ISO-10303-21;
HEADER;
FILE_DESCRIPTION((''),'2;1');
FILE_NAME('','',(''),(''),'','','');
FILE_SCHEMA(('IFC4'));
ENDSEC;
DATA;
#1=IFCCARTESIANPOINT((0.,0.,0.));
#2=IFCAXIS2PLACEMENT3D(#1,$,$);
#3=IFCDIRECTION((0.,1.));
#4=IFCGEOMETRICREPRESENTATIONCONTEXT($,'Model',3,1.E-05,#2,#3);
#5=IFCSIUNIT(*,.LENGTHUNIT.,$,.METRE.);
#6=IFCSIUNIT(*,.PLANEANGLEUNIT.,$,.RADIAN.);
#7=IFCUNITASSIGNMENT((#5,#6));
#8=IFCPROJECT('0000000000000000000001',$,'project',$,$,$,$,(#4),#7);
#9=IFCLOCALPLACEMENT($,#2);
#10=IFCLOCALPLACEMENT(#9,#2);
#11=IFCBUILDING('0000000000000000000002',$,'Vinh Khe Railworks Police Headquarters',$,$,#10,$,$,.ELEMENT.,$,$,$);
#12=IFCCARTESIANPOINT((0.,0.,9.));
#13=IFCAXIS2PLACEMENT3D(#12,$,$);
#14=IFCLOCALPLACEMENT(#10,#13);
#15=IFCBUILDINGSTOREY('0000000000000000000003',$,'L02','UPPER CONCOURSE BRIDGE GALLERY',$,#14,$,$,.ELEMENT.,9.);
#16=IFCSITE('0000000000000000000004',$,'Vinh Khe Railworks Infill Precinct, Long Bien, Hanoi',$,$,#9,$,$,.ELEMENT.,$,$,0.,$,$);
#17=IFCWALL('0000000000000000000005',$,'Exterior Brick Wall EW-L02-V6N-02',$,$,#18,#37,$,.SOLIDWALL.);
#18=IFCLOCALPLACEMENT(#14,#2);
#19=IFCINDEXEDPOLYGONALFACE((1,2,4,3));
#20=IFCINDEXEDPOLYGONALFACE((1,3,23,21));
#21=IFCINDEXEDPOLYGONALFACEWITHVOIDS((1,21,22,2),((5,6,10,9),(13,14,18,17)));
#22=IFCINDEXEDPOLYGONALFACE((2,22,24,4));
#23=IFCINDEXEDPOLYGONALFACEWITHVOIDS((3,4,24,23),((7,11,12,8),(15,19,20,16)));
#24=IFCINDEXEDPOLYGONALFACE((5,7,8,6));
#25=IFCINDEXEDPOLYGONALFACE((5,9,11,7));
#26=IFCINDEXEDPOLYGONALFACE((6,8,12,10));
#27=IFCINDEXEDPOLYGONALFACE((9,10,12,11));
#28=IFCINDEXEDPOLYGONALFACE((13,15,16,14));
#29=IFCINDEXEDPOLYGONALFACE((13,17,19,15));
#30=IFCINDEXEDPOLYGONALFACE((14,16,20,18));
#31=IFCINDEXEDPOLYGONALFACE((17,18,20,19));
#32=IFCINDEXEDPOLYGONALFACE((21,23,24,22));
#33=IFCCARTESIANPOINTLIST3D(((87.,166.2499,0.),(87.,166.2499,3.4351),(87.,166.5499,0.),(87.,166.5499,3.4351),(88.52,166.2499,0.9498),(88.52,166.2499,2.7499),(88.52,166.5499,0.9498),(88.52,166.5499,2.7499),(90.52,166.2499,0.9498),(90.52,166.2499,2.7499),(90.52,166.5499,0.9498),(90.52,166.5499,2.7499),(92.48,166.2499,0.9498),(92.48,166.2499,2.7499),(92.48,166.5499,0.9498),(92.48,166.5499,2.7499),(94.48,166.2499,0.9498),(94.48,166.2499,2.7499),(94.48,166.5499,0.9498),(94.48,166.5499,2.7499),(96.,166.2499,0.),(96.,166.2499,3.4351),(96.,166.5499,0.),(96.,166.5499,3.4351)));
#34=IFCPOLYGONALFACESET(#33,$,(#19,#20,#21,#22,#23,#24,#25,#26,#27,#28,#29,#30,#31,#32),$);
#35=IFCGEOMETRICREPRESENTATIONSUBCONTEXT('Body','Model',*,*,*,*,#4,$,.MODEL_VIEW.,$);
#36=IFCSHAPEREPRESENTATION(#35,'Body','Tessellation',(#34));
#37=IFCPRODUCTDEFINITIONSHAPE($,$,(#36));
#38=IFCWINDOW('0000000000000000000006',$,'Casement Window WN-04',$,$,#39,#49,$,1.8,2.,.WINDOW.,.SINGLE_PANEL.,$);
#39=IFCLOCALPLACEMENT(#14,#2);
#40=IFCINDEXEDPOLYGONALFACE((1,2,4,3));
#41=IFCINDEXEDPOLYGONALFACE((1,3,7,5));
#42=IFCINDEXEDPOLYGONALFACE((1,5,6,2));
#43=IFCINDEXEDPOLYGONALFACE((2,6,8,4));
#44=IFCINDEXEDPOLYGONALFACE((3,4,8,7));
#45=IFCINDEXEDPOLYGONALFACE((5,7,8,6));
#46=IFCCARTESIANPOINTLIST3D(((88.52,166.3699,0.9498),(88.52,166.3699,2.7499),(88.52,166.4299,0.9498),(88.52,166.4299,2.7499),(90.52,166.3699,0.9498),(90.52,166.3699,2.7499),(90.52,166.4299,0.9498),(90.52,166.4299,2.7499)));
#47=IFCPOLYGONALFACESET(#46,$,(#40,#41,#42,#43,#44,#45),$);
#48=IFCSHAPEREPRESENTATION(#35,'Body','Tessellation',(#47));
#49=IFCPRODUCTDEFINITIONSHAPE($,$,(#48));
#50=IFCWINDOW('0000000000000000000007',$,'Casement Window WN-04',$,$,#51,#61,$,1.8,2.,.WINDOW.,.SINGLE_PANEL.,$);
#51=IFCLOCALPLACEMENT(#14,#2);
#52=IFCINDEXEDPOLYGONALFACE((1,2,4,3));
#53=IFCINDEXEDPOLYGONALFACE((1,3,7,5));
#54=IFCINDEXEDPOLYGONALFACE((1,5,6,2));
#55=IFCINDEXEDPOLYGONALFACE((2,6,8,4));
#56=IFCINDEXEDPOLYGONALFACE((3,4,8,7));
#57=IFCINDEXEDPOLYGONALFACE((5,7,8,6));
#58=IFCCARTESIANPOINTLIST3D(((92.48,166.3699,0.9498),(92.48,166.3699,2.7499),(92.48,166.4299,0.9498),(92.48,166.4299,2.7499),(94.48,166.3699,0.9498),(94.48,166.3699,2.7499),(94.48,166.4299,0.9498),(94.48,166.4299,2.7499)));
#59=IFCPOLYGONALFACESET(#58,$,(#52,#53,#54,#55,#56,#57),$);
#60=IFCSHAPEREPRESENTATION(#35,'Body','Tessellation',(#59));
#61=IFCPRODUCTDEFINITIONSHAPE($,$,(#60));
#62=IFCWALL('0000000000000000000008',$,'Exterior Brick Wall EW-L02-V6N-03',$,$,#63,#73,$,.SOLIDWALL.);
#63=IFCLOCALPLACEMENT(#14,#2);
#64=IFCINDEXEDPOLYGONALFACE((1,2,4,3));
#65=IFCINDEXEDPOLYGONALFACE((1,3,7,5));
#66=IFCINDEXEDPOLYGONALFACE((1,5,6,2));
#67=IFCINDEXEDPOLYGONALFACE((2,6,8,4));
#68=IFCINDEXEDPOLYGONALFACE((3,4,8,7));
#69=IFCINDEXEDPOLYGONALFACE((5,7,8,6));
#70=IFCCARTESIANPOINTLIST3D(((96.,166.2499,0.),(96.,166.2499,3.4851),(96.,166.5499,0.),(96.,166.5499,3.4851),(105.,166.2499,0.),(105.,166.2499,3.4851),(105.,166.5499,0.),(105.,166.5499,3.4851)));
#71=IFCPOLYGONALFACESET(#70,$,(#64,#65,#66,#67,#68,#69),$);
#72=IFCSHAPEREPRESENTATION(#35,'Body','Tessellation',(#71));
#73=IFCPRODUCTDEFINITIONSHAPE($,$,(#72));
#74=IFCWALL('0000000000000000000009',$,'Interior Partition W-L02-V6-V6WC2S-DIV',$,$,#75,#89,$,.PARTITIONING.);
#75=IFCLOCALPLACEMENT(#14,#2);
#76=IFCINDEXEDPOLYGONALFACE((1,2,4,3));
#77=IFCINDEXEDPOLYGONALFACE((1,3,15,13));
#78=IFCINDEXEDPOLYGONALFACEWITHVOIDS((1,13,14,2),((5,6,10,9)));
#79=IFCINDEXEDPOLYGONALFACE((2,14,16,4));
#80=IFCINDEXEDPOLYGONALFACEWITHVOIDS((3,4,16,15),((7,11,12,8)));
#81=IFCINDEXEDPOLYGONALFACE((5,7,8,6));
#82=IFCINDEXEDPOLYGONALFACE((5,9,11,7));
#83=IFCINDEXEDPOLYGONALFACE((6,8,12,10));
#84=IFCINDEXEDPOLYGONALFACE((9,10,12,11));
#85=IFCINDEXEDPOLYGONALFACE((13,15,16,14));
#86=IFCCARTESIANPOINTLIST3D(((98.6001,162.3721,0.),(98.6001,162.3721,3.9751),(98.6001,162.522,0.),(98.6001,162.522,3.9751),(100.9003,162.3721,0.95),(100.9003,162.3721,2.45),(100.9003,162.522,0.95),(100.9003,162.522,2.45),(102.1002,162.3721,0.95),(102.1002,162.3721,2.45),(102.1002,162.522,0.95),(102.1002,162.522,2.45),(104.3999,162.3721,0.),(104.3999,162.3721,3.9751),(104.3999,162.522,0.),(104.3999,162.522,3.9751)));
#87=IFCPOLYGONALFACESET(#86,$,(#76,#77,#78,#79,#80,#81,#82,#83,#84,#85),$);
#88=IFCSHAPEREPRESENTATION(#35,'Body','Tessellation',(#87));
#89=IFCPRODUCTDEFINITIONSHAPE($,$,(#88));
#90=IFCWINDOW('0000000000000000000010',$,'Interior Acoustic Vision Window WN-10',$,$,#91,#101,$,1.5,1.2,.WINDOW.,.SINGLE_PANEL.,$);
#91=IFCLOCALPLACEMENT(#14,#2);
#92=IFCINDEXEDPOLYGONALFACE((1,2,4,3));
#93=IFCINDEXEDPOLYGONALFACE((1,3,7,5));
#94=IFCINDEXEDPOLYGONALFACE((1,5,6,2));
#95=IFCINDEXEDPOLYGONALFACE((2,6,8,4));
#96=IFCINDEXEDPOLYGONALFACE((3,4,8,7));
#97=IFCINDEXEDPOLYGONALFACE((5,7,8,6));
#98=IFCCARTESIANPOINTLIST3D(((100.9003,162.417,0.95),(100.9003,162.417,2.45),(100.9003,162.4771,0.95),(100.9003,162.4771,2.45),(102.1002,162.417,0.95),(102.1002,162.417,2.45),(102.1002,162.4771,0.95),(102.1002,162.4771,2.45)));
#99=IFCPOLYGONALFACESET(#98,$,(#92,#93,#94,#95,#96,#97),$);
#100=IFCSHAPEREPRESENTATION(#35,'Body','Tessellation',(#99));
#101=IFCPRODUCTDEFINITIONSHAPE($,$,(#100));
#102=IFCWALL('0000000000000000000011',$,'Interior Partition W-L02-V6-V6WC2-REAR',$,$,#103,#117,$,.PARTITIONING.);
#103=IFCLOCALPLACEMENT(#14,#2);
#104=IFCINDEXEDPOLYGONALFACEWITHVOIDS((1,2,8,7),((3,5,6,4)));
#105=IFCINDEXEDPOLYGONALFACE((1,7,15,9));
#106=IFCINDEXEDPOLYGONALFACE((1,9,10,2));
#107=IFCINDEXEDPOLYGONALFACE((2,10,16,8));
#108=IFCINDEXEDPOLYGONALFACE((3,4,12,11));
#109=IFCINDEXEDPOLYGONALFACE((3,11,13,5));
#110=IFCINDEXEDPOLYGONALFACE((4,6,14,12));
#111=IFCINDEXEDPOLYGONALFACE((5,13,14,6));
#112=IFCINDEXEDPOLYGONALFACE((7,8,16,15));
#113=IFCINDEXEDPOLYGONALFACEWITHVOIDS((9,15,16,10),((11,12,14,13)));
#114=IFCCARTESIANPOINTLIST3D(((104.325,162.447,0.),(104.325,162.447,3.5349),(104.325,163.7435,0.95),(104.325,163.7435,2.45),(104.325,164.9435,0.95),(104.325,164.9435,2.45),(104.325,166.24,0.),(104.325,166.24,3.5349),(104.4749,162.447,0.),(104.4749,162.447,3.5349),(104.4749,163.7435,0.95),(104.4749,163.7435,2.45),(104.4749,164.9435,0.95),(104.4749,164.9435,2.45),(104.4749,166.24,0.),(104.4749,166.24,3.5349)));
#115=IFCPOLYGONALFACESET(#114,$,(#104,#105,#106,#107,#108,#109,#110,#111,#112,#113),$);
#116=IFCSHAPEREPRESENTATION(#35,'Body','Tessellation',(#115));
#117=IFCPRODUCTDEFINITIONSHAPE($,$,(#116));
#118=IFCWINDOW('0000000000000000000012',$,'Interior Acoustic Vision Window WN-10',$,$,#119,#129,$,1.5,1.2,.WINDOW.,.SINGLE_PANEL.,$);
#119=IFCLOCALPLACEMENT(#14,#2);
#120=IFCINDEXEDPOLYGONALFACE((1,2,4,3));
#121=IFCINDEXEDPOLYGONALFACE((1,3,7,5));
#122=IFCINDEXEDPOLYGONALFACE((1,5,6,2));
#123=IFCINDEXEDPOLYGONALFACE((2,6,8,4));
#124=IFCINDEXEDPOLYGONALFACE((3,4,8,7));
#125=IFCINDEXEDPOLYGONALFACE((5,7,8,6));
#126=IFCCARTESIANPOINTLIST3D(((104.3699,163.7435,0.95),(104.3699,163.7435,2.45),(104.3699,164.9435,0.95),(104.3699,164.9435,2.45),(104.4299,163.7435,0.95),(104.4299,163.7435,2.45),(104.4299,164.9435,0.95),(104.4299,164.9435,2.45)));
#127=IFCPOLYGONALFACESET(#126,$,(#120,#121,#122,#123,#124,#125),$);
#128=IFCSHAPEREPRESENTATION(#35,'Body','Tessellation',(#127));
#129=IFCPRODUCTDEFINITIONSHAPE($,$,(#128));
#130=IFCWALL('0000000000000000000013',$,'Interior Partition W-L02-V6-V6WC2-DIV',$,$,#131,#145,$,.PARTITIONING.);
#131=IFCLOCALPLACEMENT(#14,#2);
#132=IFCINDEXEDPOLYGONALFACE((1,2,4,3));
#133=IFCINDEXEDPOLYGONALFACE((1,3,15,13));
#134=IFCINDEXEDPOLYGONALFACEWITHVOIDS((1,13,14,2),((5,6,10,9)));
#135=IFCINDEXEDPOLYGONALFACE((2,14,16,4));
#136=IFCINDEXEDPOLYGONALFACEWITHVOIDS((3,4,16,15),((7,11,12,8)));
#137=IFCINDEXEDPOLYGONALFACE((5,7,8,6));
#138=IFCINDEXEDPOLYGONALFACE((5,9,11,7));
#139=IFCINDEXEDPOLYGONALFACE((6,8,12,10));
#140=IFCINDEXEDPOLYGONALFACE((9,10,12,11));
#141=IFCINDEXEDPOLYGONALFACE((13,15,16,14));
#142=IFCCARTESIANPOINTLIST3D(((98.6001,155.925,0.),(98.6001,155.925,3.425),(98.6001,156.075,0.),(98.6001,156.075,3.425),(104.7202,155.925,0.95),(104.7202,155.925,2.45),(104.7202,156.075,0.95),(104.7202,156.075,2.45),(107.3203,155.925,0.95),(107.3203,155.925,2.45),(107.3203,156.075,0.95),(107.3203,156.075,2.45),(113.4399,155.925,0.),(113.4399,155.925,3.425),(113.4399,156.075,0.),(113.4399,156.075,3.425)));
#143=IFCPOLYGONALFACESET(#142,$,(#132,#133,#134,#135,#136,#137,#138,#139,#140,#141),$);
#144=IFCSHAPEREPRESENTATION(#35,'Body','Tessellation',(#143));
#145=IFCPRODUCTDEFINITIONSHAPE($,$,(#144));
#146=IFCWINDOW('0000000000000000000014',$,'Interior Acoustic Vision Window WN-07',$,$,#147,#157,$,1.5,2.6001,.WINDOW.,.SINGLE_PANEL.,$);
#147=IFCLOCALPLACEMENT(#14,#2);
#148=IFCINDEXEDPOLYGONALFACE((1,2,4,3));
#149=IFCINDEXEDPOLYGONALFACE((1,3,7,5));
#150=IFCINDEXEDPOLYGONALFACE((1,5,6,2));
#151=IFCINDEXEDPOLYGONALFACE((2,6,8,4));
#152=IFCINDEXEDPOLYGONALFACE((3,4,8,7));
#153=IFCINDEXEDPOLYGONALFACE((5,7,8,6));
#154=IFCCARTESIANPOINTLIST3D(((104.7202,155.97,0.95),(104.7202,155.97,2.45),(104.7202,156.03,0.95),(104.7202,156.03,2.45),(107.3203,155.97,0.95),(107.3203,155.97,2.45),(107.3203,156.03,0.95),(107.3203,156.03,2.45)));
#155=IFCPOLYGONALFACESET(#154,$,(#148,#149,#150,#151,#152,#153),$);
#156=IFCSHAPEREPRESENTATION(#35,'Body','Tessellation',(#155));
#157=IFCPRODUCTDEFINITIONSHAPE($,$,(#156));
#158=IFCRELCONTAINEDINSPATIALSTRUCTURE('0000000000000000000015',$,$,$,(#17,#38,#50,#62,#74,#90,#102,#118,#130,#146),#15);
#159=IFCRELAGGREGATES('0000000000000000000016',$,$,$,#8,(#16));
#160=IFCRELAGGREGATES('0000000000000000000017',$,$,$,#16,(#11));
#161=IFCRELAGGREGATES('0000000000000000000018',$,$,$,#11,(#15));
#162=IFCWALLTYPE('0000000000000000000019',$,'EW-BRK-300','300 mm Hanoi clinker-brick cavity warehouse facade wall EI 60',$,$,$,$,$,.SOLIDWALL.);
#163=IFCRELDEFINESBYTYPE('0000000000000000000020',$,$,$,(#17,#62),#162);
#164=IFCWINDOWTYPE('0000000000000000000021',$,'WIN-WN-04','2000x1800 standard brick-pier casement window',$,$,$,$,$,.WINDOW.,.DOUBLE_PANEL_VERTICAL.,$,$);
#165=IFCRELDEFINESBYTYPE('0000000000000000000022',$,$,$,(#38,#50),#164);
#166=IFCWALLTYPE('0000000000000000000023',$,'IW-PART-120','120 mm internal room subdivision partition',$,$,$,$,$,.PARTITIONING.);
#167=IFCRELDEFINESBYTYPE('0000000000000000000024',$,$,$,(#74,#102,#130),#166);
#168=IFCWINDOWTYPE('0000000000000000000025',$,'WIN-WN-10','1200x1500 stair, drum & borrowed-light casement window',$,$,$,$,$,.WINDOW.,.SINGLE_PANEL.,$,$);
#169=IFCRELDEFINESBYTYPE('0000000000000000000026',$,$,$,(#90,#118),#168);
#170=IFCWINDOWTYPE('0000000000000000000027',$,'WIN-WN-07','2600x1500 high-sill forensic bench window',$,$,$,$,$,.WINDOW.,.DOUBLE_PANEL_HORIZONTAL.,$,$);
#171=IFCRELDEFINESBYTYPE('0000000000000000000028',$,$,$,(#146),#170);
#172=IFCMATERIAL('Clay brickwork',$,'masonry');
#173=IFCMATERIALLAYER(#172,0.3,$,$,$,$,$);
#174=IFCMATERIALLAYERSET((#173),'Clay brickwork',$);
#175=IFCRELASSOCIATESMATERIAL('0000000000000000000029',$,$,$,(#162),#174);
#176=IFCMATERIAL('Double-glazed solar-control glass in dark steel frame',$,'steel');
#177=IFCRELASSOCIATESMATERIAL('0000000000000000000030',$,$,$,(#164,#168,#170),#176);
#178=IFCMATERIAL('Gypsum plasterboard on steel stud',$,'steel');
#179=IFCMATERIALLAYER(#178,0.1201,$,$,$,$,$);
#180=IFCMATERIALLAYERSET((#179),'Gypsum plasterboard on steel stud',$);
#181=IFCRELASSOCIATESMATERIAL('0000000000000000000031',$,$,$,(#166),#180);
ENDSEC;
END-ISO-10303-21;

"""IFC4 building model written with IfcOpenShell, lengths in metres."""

from ifc_helpers import new_model, si_unit, direction, frame, frame_2d, origin, place, context, subcontext, project, spatial, rectangle, extrude, material, layer, layer_set, type_object, element, fill, save


model = new_model("IFC4")

# Units and contexts
model_context = context("Model", 3, precision=1e-05, world=origin(), true_north=direction((0.0, 1.0)))
body_context = subcontext(model_context, "Body", "Model", "MODEL_VIEW")
ifc_project = project(units=[si_unit("LENGTHUNIT", "METRE"), si_unit("PLANEANGLEUNIT", "RADIAN")], contexts=[model_context])

# Site, building, storey
site_placement = place(None, origin())
site = spatial("IfcSite", under=ifc_project, at=site_placement, Name="Vinh Khe Railworks Infill Precinct, Long Bien, Hanoi", CompositionType="ELEMENT", RefElevation=0.0)
building_placement = place(site_placement, origin())
building = spatial("IfcBuilding", under=site, at=building_placement, Name="Vinh Khe Railworks Police Headquarters", CompositionType="ELEMENT")
storey_placement = place(building_placement, frame((0.0, 0.0, 9.0)))
storey = spatial("IfcBuildingStorey", under=building, at=storey_placement, Name="L02", Description="UPPER CONCOURSE BRIDGE GALLERY", CompositionType="ELEMENT", Elevation=9.0)

# Wall, openings, windows
ifc_material_1 = material(Name="Clay brickwork", Category="masonry")
ifc_layer_1 = layer(ifc_material_1, 0.3)
ifc_layer_set_1 = layer_set([ifc_layer_1], Name="Clay brickwork")
wall_type_1 = type_object("IfcWallType", Name="EW-BRK-300", Description="300 mm Hanoi clinker-brick cavity warehouse facade wall EI 60", PredefinedType="SOLIDWALL", material=ifc_layer_set_1)
wall_1_placement = place(storey_placement, frame((87.0, 166.3999, 0.0), z_axis=(0.0, 0.0, 1.0), x_axis=(1.0, 0.0, 0.0)))
wall_1 = element("IfcWall", 1, at=wall_1_placement, inside=storey, type_object=wall_type_1, Name="Exterior Brick Wall EW-L02-V6N-02", PredefinedType="SOLIDWALL", context=body_context, shape_type="SweptSolid", body=[
    extrude(rectangle(XDim=9.0, YDim=0.3, at=frame_2d((4.5, 0.0))), origin(), (0.0, 0.0, 1.0), 3.4351),
])
opening_1_placement = place(wall_1_placement, frame((1.52, 0.0, 0.95)))
opening_1 = element("IfcOpeningElement", 2, at=opening_1_placement, cuts=wall_1, PredefinedType="OPENING", context=body_context, shape_type="SweptSolid", body=[
    extrude(rectangle(XDim=2.0, YDim=1.8, at=frame_2d((1.0, 0.8999))), frame((0.0, 0.165, 0.0), z_axis=(0.0, -1.0, 0.0), x_axis=(1.0, 0.0, 0.0)), (0.0, 0.0, 1.0), 0.3298),
])
opening_2_placement = place(wall_1_placement, frame((5.48, 0.0, 0.95)))
opening_2 = element("IfcOpeningElement", 3, at=opening_2_placement, cuts=wall_1, PredefinedType="OPENING", context=body_context, shape_type="SweptSolid", body=[
    extrude(rectangle(XDim=2.0, YDim=1.8, at=frame_2d((1.0, 0.8999))), frame((0.0, 0.165, 0.0), z_axis=(0.0, -1.0, 0.0), x_axis=(1.0, 0.0, 0.0)), (0.0, 0.0, 1.0), 0.3298),
])
ifc_material_2 = material(Name="Double-glazed solar-control glass in dark steel frame", Category="steel")
window_type_1 = type_object("IfcWindowType", Name="WIN-WN-04", Description="2000x1800 standard brick-pier casement window", PartitioningType="DOUBLE_PANEL_VERTICAL", PredefinedType="WINDOW", material=ifc_material_2)
window_1_placement = place(opening_1_placement, origin())
window_1 = element("IfcWindow", 4, at=window_1_placement, inside=storey, type_object=window_type_1, Name="Casement Window WN-04", OverallHeight=1.8, OverallWidth=2.0, PartitioningType="SINGLE_PANEL", PredefinedType="WINDOW", context=body_context, shape_type="SweptSolid", body=[
    extrude(rectangle(XDim=2.0, YDim=1.8, at=frame_2d((1.0, 0.8999))), frame((0.0, 0.03, 0.0), z_axis=(0.0, -1.0, 0.0), x_axis=(1.0, 0.0, 0.0)), (0.0, 0.0, 1.0), 0.0601),
])
fill(opening_1, window_1)
window_2_placement = place(opening_2_placement, origin())
window_2 = element("IfcWindow", 5, at=window_2_placement, inside=storey, type_object=window_type_1, Name="Casement Window WN-04", OverallHeight=1.8, OverallWidth=2.0, PartitioningType="SINGLE_PANEL", PredefinedType="WINDOW", context=body_context, shape_type="SweptSolid", body=[
    extrude(rectangle(XDim=2.0, YDim=1.8, at=frame_2d((1.0, 0.8999))), frame((0.0, 0.03, 0.0), z_axis=(0.0, -1.0, 0.0), x_axis=(1.0, 0.0, 0.0)), (0.0, 0.0, 1.0), 0.0601),
])
fill(opening_2, window_2)

# Wall
wall_2_placement = place(storey_placement, frame((96.0, 166.3999, 0.0), z_axis=(0.0, 0.0, 1.0), x_axis=(1.0, 0.0, 0.0)))
element("IfcWall", 6, at=wall_2_placement, inside=storey, type_object=wall_type_1, Name="Exterior Brick Wall EW-L02-V6N-03", PredefinedType="SOLIDWALL", context=body_context, shape_type="SweptSolid", body=[
    extrude(rectangle(XDim=9.0, YDim=0.3, at=frame_2d((4.5, 0.0))), origin(), (0.0, 0.0, 1.0), 3.4851),
])

# Walls, openings, windows
ifc_material_3 = material(Name="Gypsum plasterboard on steel stud", Category="steel")
ifc_layer_2 = layer(ifc_material_3, 0.1201)
ifc_layer_set_2 = layer_set([ifc_layer_2], Name="Gypsum plasterboard on steel stud")
wall_type_2 = type_object("IfcWallType", Name="IW-PART-120", Description="120 mm internal room subdivision partition", PredefinedType="PARTITIONING", material=ifc_layer_set_2)
wall_3_placement = place(storey_placement, frame((98.6001, 162.447, 0.0), z_axis=(0.0, 0.0, 1.0), x_axis=(1.0, 0.0, 0.0)))
wall_3 = element("IfcWall", 7, at=wall_3_placement, inside=storey, type_object=wall_type_2, Name="Interior Partition W-L02-V6-V6WC2S-DIV", PredefinedType="PARTITIONING", context=body_context, shape_type="SweptSolid", body=[
    extrude(rectangle(XDim=5.7998, YDim=0.1499, at=frame_2d((2.8999, 0.0))), origin(), (0.0, 0.0, 1.0), 3.9751),
])
opening_3_placement = place(wall_3_placement, frame((2.3, 0.0, 0.95)))
opening_3 = element("IfcOpeningElement", 8, at=opening_3_placement, cuts=wall_3, PredefinedType="OPENING", context=body_context, shape_type="SweptSolid", body=[
    extrude(rectangle(XDim=1.2, YDim=1.5, at=frame_2d((0.6001, 0.75))), frame((0.0, 0.0898, 0.0), z_axis=(0.0, -1.0, 0.0), x_axis=(1.0, 0.0, 0.0)), (0.0, 0.0, 1.0), 0.1797),
])
window_type_2 = type_object("IfcWindowType", Name="WIN-WN-10", Description="1200x1500 stair, drum & borrowed-light casement window", PartitioningType="SINGLE_PANEL", PredefinedType="WINDOW", material=ifc_material_2)
window_3_placement = place(opening_3_placement, origin())
window_3 = element("IfcWindow", 9, at=window_3_placement, inside=storey, type_object=window_type_2, Name="Interior Acoustic Vision Window WN-10", OverallHeight=1.5, OverallWidth=1.2, PartitioningType="SINGLE_PANEL", PredefinedType="WINDOW", context=body_context, shape_type="SweptSolid", body=[
    extrude(rectangle(XDim=1.2, YDim=1.5, at=frame_2d((0.6001, 0.75))), frame((0.0, 0.03, 0.0), z_axis=(0.0, -1.0, 0.0), x_axis=(1.0, 0.0, 0.0)), (0.0, 0.0, 1.0), 0.0601),
])
fill(opening_3, window_3)
wall_4_placement = place(storey_placement, frame((104.3999, 162.447, 0.0), z_axis=(0.0, 0.0, 1.0), x_axis=(0.0, 1.0, 0.0)))
wall_4 = element("IfcWall", 10, at=wall_4_placement, inside=storey, type_object=wall_type_2, Name="Interior Partition W-L02-V6-V6WC2-REAR", PredefinedType="PARTITIONING", context=body_context, shape_type="SweptSolid", body=[
    extrude(rectangle(XDim=3.793, YDim=0.1499, at=frame_2d((1.8965, 0.0))), origin(), (0.0, 0.0, 1.0), 3.5349),
])
opening_4_placement = place(wall_4_placement, frame((1.2964, 0.0, 0.95)))
opening_4 = element("IfcOpeningElement", 11, at=opening_4_placement, cuts=wall_4, PredefinedType="OPENING", context=body_context, shape_type="SweptSolid", body=[
    extrude(rectangle(XDim=1.2, YDim=1.5, at=frame_2d((0.6001, 0.75))), frame((0.0, 0.0898, 0.0), z_axis=(0.0, -1.0, 0.0), x_axis=(1.0, 0.0, 0.0)), (0.0, 0.0, 1.0), 0.1797),
])
window_4_placement = place(opening_4_placement, origin())
window_4 = element("IfcWindow", 12, at=window_4_placement, inside=storey, type_object=window_type_2, Name="Interior Acoustic Vision Window WN-10", OverallHeight=1.5, OverallWidth=1.2, PartitioningType="SINGLE_PANEL", PredefinedType="WINDOW", context=body_context, shape_type="SweptSolid", body=[
    extrude(rectangle(XDim=1.2, YDim=1.5, at=frame_2d((0.6001, 0.75))), frame((0.0, 0.03, 0.0), z_axis=(0.0, -1.0, 0.0), x_axis=(1.0, 0.0, 0.0)), (0.0, 0.0, 1.0), 0.0601),
])
fill(opening_4, window_4)
wall_5_placement = place(storey_placement, frame((98.6001, 156.0, 0.0), z_axis=(0.0, 0.0, 1.0), x_axis=(1.0, 0.0, 0.0)))
wall_5 = element("IfcWall", 13, at=wall_5_placement, inside=storey, type_object=wall_type_2, Name="Interior Partition W-L02-V6-V6WC2-DIV", PredefinedType="PARTITIONING", context=body_context, shape_type="SweptSolid", body=[
    extrude(rectangle(XDim=14.8398, YDim=0.1499, at=frame_2d((7.4199, 0.0))), origin(), (0.0, 0.0, 1.0), 3.425),
])
opening_5_placement = place(wall_5_placement, frame((6.1201, 0.0, 0.95)))
opening_5 = element("IfcOpeningElement", 14, at=opening_5_placement, cuts=wall_5, PredefinedType="OPENING", context=body_context, shape_type="SweptSolid", body=[
    extrude(rectangle(XDim=2.6001, YDim=1.5, at=frame_2d((1.3, 0.75))), frame((0.0, 0.0898, 0.0), z_axis=(0.0, -1.0, 0.0), x_axis=(1.0, 0.0, 0.0)), (0.0, 0.0, 1.0), 0.1797),
])
window_type_3 = type_object("IfcWindowType", Name="WIN-WN-07", Description="2600x1500 high-sill forensic bench window", PartitioningType="DOUBLE_PANEL_HORIZONTAL", PredefinedType="WINDOW", material=ifc_material_2)
window_5_placement = place(opening_5_placement, origin())
window_5 = element("IfcWindow", 15, at=window_5_placement, inside=storey, type_object=window_type_3, Name="Interior Acoustic Vision Window WN-07", OverallHeight=1.5, OverallWidth=2.6001, PartitioningType="SINGLE_PANEL", PredefinedType="WINDOW", context=body_context, shape_type="SweptSolid", body=[
    extrude(rectangle(XDim=2.6001, YDim=1.5, at=frame_2d((1.3, 0.75))), frame((0.0, 0.03, 0.0), z_axis=(0.0, -1.0, 0.0), x_axis=(1.0, 0.0, 0.0)), (0.0, 0.0, 1.0), 0.0601),
])
fill(opening_5, window_5)

save(model, "model.ifc")
